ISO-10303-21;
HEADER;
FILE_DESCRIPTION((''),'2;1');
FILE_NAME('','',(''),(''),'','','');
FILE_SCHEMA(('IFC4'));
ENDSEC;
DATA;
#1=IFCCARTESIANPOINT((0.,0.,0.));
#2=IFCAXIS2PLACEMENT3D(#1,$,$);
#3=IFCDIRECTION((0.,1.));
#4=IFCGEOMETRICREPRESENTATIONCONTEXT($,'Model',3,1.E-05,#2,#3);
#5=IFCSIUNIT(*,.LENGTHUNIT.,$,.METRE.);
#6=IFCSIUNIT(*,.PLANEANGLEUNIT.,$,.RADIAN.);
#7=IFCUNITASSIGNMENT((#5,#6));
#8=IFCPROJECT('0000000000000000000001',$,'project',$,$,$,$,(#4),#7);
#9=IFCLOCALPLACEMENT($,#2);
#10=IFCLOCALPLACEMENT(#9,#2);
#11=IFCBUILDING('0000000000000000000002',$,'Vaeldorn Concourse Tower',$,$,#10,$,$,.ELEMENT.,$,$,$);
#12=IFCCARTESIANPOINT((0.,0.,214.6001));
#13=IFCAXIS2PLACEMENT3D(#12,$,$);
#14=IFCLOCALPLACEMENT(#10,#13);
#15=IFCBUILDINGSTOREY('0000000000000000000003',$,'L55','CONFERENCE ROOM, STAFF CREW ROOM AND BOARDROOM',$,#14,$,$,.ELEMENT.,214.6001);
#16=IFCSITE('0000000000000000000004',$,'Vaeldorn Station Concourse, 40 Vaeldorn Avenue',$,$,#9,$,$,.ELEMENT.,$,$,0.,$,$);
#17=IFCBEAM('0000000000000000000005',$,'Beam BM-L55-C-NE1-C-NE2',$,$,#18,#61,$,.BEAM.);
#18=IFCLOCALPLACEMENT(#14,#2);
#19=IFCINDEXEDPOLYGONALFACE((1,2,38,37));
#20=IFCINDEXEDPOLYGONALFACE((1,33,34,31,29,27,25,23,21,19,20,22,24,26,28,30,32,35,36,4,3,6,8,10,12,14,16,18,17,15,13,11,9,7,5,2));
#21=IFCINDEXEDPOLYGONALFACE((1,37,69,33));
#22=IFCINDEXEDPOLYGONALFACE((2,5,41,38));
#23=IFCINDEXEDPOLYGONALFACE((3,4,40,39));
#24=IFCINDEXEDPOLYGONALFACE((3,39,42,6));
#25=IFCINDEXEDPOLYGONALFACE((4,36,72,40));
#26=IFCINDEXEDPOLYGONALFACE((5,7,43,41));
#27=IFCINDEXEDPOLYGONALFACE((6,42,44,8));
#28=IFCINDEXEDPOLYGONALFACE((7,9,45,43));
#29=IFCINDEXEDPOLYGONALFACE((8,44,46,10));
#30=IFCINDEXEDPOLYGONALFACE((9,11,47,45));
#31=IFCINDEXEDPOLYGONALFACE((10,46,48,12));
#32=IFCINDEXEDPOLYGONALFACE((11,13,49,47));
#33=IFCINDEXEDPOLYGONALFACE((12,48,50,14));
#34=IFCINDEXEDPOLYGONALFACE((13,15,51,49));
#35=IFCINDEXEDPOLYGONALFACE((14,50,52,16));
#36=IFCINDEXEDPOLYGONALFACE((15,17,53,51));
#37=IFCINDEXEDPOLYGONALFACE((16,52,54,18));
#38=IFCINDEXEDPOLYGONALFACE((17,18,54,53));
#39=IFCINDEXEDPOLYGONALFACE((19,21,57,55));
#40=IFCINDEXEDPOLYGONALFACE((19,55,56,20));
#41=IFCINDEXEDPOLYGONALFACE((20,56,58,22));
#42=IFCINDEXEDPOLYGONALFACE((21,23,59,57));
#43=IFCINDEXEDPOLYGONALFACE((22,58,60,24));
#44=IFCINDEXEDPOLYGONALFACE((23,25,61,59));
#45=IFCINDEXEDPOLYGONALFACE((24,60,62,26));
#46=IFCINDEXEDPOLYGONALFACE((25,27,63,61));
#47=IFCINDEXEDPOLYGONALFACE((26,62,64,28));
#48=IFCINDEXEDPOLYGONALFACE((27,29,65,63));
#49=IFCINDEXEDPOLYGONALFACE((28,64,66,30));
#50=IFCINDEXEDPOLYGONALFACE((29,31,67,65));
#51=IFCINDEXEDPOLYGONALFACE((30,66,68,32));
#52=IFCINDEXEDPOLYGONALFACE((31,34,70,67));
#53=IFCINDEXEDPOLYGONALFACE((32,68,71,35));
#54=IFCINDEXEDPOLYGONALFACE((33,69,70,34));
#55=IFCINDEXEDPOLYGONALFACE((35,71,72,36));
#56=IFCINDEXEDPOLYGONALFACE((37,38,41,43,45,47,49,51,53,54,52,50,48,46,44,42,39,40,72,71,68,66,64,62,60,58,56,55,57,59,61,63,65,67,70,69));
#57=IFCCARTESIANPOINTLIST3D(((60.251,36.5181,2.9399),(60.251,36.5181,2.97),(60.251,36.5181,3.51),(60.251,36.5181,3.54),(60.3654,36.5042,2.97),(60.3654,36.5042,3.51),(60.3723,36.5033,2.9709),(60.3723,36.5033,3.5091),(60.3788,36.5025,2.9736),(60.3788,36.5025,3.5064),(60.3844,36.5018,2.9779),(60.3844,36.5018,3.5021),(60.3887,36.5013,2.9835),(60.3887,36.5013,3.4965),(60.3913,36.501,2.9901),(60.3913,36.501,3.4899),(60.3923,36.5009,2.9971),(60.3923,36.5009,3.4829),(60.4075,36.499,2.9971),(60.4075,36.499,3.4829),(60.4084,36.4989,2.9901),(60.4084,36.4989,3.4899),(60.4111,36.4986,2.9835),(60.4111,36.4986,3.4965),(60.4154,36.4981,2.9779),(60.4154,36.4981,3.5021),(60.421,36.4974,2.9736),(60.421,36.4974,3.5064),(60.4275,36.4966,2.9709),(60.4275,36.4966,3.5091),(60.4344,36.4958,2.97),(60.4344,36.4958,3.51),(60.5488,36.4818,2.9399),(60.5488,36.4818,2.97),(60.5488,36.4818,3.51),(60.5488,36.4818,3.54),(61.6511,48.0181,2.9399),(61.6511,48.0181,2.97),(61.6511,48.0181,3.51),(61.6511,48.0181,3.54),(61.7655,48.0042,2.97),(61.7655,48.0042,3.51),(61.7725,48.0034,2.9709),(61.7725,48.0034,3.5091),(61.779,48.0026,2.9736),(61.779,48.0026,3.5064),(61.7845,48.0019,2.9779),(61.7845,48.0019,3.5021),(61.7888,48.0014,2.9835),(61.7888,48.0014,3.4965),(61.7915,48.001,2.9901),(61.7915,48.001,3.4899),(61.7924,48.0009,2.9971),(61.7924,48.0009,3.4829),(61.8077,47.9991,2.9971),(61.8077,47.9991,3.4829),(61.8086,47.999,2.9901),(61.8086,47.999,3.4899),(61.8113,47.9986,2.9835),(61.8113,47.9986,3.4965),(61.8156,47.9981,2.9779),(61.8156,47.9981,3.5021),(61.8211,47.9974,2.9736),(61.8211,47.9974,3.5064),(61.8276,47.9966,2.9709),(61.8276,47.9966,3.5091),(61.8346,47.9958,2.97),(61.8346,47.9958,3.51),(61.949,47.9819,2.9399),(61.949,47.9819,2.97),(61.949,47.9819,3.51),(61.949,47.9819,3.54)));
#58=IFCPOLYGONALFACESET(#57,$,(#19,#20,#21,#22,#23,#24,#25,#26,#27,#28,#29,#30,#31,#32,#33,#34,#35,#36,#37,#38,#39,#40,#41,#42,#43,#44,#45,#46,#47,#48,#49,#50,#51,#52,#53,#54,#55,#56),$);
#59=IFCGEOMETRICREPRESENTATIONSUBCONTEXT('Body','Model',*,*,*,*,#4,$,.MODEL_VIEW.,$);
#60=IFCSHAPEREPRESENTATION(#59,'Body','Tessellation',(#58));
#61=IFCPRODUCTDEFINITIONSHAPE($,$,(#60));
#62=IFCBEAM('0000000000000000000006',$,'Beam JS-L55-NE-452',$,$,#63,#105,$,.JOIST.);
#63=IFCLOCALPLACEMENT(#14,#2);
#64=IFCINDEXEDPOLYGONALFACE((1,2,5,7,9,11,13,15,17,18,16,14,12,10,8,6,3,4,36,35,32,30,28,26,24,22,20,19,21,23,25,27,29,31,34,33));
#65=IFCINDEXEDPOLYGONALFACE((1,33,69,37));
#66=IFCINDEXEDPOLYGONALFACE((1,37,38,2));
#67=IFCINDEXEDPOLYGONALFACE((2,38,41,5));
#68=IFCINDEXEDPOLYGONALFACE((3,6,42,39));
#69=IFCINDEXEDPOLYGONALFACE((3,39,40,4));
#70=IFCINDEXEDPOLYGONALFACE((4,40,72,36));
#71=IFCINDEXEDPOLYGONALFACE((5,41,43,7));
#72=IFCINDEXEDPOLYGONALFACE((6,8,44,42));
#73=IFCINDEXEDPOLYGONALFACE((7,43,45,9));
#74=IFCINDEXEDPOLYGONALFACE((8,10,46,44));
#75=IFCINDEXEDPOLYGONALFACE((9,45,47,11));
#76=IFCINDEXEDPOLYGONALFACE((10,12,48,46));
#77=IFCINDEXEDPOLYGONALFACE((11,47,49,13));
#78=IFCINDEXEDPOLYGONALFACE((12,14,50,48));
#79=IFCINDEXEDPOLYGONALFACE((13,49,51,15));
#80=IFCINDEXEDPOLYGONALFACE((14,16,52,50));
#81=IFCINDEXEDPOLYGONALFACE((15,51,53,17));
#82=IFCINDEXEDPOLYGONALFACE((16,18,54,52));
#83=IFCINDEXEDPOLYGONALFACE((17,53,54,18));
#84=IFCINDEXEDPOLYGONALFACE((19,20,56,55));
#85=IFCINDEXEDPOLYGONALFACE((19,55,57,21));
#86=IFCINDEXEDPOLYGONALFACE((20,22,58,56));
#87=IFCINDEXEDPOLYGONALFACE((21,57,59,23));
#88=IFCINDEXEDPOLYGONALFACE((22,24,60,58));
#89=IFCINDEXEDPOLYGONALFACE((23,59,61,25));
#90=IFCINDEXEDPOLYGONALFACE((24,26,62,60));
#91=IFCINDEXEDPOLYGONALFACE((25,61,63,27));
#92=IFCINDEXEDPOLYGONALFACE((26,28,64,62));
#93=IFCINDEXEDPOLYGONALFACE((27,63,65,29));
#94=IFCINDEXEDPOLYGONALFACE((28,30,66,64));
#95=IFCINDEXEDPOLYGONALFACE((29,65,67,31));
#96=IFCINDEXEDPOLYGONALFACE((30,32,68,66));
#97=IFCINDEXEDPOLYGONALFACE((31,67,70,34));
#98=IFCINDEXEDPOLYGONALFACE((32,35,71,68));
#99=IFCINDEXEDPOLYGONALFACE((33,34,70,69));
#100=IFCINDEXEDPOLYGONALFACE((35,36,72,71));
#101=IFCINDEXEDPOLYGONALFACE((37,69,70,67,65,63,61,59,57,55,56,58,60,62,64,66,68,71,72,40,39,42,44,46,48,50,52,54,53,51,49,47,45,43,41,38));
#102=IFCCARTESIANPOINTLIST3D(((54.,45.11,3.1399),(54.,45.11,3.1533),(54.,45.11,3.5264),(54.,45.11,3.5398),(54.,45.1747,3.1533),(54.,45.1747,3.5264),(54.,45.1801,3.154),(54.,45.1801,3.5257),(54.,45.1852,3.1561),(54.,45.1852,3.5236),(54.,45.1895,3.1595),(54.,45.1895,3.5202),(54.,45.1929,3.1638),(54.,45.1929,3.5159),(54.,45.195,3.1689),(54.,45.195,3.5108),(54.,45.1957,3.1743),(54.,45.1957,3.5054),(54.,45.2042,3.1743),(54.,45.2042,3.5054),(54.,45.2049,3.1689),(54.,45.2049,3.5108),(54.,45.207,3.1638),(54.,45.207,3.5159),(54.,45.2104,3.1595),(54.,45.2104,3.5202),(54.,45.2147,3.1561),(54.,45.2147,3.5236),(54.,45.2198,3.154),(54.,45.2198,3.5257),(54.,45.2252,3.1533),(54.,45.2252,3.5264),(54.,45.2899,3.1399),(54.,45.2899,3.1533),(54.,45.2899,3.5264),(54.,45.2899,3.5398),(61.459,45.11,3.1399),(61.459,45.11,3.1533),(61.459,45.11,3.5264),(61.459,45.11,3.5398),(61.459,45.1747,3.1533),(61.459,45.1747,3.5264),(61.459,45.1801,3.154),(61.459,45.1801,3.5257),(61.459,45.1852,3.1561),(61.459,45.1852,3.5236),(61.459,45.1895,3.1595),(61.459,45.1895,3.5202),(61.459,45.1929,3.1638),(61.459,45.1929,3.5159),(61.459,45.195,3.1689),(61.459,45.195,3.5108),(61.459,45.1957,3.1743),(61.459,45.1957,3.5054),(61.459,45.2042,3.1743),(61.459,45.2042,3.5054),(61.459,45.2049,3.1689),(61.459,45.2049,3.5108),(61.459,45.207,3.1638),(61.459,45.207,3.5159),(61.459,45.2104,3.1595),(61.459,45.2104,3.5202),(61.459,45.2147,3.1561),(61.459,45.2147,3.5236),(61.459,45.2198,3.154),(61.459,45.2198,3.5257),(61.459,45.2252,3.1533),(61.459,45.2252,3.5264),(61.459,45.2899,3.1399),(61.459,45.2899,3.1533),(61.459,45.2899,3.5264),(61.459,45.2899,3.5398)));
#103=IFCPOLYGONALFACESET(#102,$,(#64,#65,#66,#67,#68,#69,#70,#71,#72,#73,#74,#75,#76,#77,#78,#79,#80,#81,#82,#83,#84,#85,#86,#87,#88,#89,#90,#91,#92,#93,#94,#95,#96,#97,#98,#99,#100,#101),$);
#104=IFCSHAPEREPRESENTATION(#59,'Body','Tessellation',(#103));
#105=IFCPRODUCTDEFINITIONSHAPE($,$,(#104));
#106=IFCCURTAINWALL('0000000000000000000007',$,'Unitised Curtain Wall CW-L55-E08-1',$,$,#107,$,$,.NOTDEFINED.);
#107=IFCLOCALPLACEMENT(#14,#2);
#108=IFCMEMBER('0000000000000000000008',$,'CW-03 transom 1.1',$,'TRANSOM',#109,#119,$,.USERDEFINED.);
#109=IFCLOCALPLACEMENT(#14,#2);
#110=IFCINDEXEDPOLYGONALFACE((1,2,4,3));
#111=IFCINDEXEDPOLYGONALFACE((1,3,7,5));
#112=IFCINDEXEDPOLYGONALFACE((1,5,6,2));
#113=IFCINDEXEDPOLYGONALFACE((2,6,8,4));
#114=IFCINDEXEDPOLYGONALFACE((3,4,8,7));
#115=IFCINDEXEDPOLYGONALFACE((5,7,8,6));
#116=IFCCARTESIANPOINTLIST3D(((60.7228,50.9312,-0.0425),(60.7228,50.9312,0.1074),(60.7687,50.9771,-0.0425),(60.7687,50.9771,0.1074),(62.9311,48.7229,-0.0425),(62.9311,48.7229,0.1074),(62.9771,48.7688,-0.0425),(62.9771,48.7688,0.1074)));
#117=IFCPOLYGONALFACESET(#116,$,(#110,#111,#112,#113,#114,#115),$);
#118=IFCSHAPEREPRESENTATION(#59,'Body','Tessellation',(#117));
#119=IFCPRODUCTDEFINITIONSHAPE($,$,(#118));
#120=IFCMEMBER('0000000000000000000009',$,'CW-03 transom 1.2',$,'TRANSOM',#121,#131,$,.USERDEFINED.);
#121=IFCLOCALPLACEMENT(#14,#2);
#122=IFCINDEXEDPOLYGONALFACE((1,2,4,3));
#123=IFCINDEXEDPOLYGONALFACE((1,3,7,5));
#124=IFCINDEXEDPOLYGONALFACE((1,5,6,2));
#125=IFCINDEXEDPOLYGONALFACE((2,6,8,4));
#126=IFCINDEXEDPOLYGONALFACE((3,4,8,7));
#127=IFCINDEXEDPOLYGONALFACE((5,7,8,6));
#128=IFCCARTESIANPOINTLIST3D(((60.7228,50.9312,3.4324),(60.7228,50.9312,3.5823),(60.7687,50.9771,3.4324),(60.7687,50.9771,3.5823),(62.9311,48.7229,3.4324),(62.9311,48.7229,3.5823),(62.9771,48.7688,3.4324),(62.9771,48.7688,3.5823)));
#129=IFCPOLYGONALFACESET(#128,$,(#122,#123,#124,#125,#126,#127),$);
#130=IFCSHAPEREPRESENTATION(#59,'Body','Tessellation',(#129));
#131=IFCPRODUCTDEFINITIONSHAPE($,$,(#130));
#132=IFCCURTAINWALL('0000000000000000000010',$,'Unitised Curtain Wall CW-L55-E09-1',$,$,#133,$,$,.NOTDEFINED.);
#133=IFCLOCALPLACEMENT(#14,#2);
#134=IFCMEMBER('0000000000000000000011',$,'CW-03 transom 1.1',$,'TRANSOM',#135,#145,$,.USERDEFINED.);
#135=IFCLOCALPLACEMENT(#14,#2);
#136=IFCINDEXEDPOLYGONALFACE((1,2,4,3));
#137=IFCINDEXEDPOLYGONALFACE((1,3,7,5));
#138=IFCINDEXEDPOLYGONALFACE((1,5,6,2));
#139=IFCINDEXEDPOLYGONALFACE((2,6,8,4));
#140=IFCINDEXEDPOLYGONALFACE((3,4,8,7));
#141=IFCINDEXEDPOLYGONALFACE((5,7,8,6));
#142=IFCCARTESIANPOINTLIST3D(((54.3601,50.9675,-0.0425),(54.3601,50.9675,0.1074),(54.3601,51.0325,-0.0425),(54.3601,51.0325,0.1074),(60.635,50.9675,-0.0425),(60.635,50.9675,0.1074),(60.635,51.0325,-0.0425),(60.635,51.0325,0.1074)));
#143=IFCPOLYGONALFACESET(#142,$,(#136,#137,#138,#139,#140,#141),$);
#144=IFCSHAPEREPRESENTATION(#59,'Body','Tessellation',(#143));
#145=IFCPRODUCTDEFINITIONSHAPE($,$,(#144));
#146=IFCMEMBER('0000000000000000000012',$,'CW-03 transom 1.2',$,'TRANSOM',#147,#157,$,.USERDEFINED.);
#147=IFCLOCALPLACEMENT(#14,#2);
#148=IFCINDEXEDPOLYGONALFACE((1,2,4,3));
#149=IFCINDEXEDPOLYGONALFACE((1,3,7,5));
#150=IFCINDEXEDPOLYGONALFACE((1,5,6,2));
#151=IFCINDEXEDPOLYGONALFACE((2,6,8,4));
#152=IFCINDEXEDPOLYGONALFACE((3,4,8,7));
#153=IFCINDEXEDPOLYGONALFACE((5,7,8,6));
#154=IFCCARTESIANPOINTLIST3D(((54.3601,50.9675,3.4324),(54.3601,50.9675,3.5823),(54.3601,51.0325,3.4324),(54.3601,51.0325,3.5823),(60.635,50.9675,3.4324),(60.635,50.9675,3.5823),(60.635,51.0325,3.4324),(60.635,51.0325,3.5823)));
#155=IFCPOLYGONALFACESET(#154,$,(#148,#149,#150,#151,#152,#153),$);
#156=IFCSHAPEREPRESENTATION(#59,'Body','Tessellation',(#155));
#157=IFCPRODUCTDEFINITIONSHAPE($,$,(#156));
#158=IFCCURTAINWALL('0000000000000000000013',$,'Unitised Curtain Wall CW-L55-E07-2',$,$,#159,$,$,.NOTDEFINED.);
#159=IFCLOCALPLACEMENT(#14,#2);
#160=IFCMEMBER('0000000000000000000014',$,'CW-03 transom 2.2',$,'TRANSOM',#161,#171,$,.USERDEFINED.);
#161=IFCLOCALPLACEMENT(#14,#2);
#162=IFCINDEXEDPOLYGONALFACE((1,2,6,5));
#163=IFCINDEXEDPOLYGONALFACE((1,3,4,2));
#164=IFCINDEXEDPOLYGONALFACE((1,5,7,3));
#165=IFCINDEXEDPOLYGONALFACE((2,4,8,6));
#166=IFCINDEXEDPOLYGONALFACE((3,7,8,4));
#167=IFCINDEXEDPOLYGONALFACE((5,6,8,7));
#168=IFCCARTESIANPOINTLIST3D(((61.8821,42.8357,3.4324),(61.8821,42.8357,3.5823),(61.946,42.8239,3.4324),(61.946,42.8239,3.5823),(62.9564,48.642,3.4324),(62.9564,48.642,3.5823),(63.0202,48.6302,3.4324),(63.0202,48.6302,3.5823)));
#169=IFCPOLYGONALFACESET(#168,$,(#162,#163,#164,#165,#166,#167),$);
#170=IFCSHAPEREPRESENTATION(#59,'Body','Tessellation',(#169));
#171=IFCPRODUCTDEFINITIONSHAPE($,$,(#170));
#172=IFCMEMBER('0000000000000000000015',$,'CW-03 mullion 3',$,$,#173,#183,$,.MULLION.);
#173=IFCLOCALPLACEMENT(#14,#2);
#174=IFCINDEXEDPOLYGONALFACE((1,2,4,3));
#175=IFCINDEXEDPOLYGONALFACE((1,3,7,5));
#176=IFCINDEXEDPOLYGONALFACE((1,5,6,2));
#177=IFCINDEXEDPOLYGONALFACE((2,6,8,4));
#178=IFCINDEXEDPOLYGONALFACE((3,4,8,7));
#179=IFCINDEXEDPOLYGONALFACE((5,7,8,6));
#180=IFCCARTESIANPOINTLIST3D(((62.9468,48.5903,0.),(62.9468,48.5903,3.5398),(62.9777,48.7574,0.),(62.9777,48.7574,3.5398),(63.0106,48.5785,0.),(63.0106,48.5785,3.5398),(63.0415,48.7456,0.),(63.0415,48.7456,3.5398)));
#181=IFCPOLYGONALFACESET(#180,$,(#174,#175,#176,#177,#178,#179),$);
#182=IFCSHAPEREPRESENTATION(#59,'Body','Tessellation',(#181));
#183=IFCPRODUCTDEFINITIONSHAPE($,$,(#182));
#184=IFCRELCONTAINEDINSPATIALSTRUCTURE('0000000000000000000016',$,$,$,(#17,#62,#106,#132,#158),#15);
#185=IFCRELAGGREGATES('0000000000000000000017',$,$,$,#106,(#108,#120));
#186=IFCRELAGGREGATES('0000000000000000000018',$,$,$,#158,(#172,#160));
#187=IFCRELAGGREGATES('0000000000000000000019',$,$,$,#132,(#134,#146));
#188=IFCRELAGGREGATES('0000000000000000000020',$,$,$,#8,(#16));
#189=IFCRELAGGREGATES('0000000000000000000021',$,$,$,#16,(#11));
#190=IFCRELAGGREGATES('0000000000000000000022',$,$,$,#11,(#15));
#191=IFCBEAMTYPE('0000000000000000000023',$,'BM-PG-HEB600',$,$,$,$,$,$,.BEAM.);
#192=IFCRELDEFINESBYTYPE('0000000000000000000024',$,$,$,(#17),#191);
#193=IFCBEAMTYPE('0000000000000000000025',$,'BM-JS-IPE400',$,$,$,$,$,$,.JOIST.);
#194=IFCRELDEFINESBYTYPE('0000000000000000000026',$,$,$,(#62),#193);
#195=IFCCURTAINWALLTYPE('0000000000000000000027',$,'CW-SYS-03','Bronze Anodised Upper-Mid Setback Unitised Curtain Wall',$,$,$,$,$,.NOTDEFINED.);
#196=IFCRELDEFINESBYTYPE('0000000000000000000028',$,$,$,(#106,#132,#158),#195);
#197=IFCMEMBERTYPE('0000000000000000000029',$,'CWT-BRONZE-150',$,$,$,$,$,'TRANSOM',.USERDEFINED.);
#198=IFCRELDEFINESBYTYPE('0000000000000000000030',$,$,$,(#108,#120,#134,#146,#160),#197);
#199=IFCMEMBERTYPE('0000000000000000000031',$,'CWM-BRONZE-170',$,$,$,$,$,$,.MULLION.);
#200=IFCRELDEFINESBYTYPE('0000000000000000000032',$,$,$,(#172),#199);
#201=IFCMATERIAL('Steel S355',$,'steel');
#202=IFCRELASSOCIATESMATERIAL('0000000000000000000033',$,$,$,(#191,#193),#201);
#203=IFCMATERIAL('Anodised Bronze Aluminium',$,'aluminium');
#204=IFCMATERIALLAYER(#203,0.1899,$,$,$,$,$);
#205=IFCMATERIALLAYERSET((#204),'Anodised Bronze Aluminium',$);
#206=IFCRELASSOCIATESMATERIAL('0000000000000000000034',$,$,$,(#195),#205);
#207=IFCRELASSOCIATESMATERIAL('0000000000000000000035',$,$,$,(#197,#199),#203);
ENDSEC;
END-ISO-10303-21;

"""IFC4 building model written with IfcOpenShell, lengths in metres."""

from ifc_helpers import new_model, si_unit, direction, frame, origin, origin_2d, place, context, subcontext, project, spatial, rectangle, i_section, extrude, source, transform, mapped, material, layer, layer_set, material_profile, profile_set, type_object, element, aggregate, save


model = new_model("IFC4")

# Units and contexts
model_context = context("Model", 3, precision=1e-05, world=origin(), true_north=direction((0.0, 1.0)))
body_context = subcontext(model_context, "Body", "Model", "MODEL_VIEW")
ifc_project = project(units=[si_unit("LENGTHUNIT", "METRE"), si_unit("PLANEANGLEUNIT", "RADIAN")], contexts=[model_context])

# Site, building, storey
site_placement = place(None, origin())
site = spatial("IfcSite", under=ifc_project, at=site_placement, Name="Vaeldorn Station Concourse, 40 Vaeldorn Avenue", CompositionType="ELEMENT", RefElevation=0.0)
building_placement = place(site_placement, origin())
building = spatial("IfcBuilding", under=site, at=building_placement, Name="Vaeldorn Concourse Tower", CompositionType="ELEMENT")
storey_placement = place(building_placement, frame((0.0, 0.0, 214.6001)))
storey = spatial("IfcBuildingStorey", under=building, at=storey_placement, Name="L55", Description="CONFERENCE ROOM, STAFF CREW ROOM AND BOARDROOM", CompositionType="ELEMENT", Elevation=214.6001)

# Beams
ifc_material_1 = material(Name="Steel S355", Category="steel")
ifc_material_profile_1 = material_profile(ifc_material_1, i_section(OverallWidth=0.3, OverallDepth=0.6001, WebThickness=0.0154, FlangeThickness=0.03, FilletRadius=0.0271, at=origin_2d()), Name="HEB 600")
ifc_profile_set_1 = profile_set([ifc_material_profile_1], Name="Steel S355")
beam_type_1 = type_object("IfcBeamType", Name="BM-PG-HEB600", PredefinedType="BEAM", material=ifc_profile_set_1)
shared_shape_1 = source(origin(), body_context, "Body", "SweptSolid", [
    extrude(i_section(OverallWidth=0.3, OverallDepth=0.6001, WebThickness=0.0154, FlangeThickness=0.03, FilletRadius=0.0271, at=origin_2d()), origin(), (0.0, 0.0, 1.0), 11.585),
])
beam_1_placement = place(storey_placement, frame((61.8, 48.0, 3.24), z_axis=(-0.120859, -0.99267, 0.0), x_axis=(0.99267, -0.120859, 0.0)))
element("IfcBeam", 1, at=beam_1_placement, inside=storey, type_object=beam_type_1, Name="Beam BM-L55-C-NE1-C-NE2", PredefinedType="BEAM", context=body_context, shape_type="MappedRepresentation", body=[
    mapped(shared_shape_1, transform((0.0, 0.0, 0.0), scale=1.0)),
])
ifc_material_profile_2 = material_profile(ifc_material_1, i_section(OverallWidth=0.1799, OverallDepth=0.3999, WebThickness=0.0085, FlangeThickness=0.0134, FilletRadius=0.021, at=origin_2d()), Name="IPE 400")
ifc_profile_set_2 = profile_set([ifc_material_profile_2], Name="Steel S355")
beam_type_2 = type_object("IfcBeamType", Name="BM-JS-IPE400", PredefinedType="JOIST", material=ifc_profile_set_2)
shared_shape_2 = source(origin(), body_context, "Body", "SweptSolid", [
    extrude(i_section(OverallWidth=0.1799, OverallDepth=0.3999, WebThickness=0.0085, FlangeThickness=0.0134, FilletRadius=0.021, at=origin_2d()), origin(), (0.0, 0.0, 1.0), 7.459),
])
beam_2_placement = place(storey_placement, frame((54.0, 45.2, 3.3398), z_axis=(1.0, 0.0, 0.0), x_axis=(0.0, 1.0, 0.0)))
element("IfcBeam", 2, at=beam_2_placement, inside=storey, type_object=beam_type_2, Name="Beam JS-L55-NE-452", PredefinedType="JOIST", context=body_context, shape_type="MappedRepresentation", body=[
    mapped(shared_shape_2, transform((0.0, 0.0, 0.0), scale=1.0)),
])

# Curtain walls, members
ifc_material_2 = material(Name="Anodised Bronze Aluminium", Category="aluminium")
ifc_layer_1 = layer(ifc_material_2, 0.1899)
ifc_layer_set_1 = layer_set([ifc_layer_1], Name="Anodised Bronze Aluminium")
curtain_wall_type = type_object("IfcCurtainWallType", Name="CW-SYS-03", Description="Bronze Anodised Upper-Mid Setback Unitised Curtain Wall", PredefinedType="NOTDEFINED", material=ifc_layer_set_1)
curtain_wall_1_placement = place(storey_placement, origin())
curtain_wall_1 = element("IfcCurtainWall", 3, at=curtain_wall_1_placement, inside=storey, type_object=curtain_wall_type, Name="Unitised Curtain Wall CW-L55-E08-1", PredefinedType="NOTDEFINED")
ifc_material_profile_3 = material_profile(ifc_material_2, rectangle(XDim=0.0649, YDim=0.1499, at=origin_2d()), Name="CWT 65x150")
ifc_profile_set_3 = profile_set([ifc_material_profile_3], Name="Anodised Bronze Aluminium")
member_type_1 = type_object("IfcMemberType", Name="CWT-BRONZE-150", ElementType="TRANSOM", PredefinedType="USERDEFINED", material=ifc_profile_set_3)
shared_shape_3 = source(origin(), body_context, "Body", "SweptSolid", [
    extrude(rectangle(XDim=0.0649, YDim=0.1499, at=origin_2d()), origin(), (0.0, 0.0, 1.0), 3.123),
])
member_1_placement = place(storey_placement, frame((62.9541, 48.7458, 0.0325), z_axis=(-0.707107, 0.707107, 0.0), x_axis=(-0.707107, -0.707107, 0.0)))
member_1 = element("IfcMember", 4, at=member_1_placement, type_object=member_type_1, Name="CW-03 transom 1.1", ObjectType="TRANSOM", PredefinedType="USERDEFINED", context=body_context, shape_type="MappedRepresentation", body=[
    mapped(shared_shape_3, transform((0.0, 0.0, 0.0), scale=1.0)),
])
member_2_placement = place(storey_placement, frame((62.9541, 48.7458, 3.5073), z_axis=(-0.707107, 0.707107, 0.0), x_axis=(-0.707107, -0.707107, 0.0)))
member_2 = element("IfcMember", 5, at=member_2_placement, type_object=member_type_1, Name="CW-03 transom 1.2", ObjectType="TRANSOM", PredefinedType="USERDEFINED", context=body_context, shape_type="MappedRepresentation", body=[
    mapped(shared_shape_3, transform((0.0, 0.0, 0.0), scale=1.0)),
])
curtain_wall_2_placement = place(storey_placement, origin())
curtain_wall_2 = element("IfcCurtainWall", 6, at=curtain_wall_2_placement, inside=storey, type_object=curtain_wall_type, Name="Unitised Curtain Wall CW-L55-E09-1", PredefinedType="NOTDEFINED")
shared_shape_4 = source(origin(), body_context, "Body", "SweptSolid", [
    extrude(rectangle(XDim=0.0649, YDim=0.1499, at=origin_2d()), origin(), (0.0, 0.0, 1.0), 6.2749),
])
member_3_placement = place(storey_placement, frame((60.635, 51.0, 0.0325), z_axis=(-1.0, 0.0, 0.0), x_axis=(0.0, -1.0, 0.0)))
member_3 = element("IfcMember", 7, at=member_3_placement, type_object=member_type_1, Name="CW-03 transom 1.1", ObjectType="TRANSOM", PredefinedType="USERDEFINED", context=body_context, shape_type="MappedRepresentation", body=[
    mapped(shared_shape_4, transform((0.0, 0.0, 0.0), scale=1.0)),
])
member_4_placement = place(storey_placement, frame((60.635, 51.0, 3.5073), z_axis=(-1.0, 0.0, 0.0), x_axis=(0.0, -1.0, 0.0)))
member_4 = element("IfcMember", 8, at=member_4_placement, type_object=member_type_1, Name="CW-03 transom 1.2", ObjectType="TRANSOM", PredefinedType="USERDEFINED", context=body_context, shape_type="MappedRepresentation", body=[
    mapped(shared_shape_4, transform((0.0, 0.0, 0.0), scale=1.0)),
])
curtain_wall_3_placement = place(storey_placement, origin())
curtain_wall_3 = element("IfcCurtainWall", 9, at=curtain_wall_3_placement, inside=storey, type_object=curtain_wall_type, Name="Unitised Curtain Wall CW-L55-E07-2", PredefinedType="NOTDEFINED")
shared_shape_5 = source(origin(), body_context, "Body", "SweptSolid", [
    extrude(rectangle(XDim=0.0649, YDim=0.1499, at=origin_2d()), origin(), (0.0, 0.0, 1.0), 5.9048),
])
member_5_placement = place(storey_placement, frame((61.9141, 42.8298, 3.5073), z_axis=(0.181926, 0.983312, 0.0), x_axis=(-0.983312, 0.181926, 0.0)))
member_5 = element("IfcMember", 10, at=member_5_placement, type_object=member_type_1, Name="CW-03 transom 2.2", ObjectType="TRANSOM", PredefinedType="USERDEFINED", context=body_context, shape_type="MappedRepresentation", body=[
    mapped(shared_shape_5, transform((0.0, 0.0, 0.0), scale=1.0)),
])
ifc_material_profile_4 = material_profile(ifc_material_2, rectangle(XDim=0.0649, YDim=0.1699, at=origin_2d()), Name="CWM 65x170")
ifc_profile_set_4 = profile_set([ifc_material_profile_4], Name="Anodised Bronze Aluminium")
member_type_2 = type_object("IfcMemberType", Name="CWM-BRONZE-170", PredefinedType="MULLION", material=ifc_profile_set_4)
shared_shape_6 = source(origin(), body_context, "Body", "SweptSolid", [
    extrude(rectangle(XDim=0.0649, YDim=0.1699, at=origin_2d()), origin(), (0.0, 0.0, 1.0), 3.5398),
])
member_6_placement = place(storey_placement, frame((62.9941, 48.668, 0.0), z_axis=(0.0, 0.0, 1.0), x_axis=(-0.983319, 0.181888, 0.0)))
member_6 = element("IfcMember", 11, at=member_6_placement, type_object=member_type_2, Name="CW-03 mullion 3", PredefinedType="MULLION", context=body_context, shape_type="MappedRepresentation", body=[
    mapped(shared_shape_6, transform((0.0, 0.0, 0.0), scale=1.0)),
])

aggregate(curtain_wall_1, [member_1, member_2])
aggregate(curtain_wall_3, [member_6, member_5])
aggregate(curtain_wall_2, [member_3, member_4])

save(model, "model.ifc")
